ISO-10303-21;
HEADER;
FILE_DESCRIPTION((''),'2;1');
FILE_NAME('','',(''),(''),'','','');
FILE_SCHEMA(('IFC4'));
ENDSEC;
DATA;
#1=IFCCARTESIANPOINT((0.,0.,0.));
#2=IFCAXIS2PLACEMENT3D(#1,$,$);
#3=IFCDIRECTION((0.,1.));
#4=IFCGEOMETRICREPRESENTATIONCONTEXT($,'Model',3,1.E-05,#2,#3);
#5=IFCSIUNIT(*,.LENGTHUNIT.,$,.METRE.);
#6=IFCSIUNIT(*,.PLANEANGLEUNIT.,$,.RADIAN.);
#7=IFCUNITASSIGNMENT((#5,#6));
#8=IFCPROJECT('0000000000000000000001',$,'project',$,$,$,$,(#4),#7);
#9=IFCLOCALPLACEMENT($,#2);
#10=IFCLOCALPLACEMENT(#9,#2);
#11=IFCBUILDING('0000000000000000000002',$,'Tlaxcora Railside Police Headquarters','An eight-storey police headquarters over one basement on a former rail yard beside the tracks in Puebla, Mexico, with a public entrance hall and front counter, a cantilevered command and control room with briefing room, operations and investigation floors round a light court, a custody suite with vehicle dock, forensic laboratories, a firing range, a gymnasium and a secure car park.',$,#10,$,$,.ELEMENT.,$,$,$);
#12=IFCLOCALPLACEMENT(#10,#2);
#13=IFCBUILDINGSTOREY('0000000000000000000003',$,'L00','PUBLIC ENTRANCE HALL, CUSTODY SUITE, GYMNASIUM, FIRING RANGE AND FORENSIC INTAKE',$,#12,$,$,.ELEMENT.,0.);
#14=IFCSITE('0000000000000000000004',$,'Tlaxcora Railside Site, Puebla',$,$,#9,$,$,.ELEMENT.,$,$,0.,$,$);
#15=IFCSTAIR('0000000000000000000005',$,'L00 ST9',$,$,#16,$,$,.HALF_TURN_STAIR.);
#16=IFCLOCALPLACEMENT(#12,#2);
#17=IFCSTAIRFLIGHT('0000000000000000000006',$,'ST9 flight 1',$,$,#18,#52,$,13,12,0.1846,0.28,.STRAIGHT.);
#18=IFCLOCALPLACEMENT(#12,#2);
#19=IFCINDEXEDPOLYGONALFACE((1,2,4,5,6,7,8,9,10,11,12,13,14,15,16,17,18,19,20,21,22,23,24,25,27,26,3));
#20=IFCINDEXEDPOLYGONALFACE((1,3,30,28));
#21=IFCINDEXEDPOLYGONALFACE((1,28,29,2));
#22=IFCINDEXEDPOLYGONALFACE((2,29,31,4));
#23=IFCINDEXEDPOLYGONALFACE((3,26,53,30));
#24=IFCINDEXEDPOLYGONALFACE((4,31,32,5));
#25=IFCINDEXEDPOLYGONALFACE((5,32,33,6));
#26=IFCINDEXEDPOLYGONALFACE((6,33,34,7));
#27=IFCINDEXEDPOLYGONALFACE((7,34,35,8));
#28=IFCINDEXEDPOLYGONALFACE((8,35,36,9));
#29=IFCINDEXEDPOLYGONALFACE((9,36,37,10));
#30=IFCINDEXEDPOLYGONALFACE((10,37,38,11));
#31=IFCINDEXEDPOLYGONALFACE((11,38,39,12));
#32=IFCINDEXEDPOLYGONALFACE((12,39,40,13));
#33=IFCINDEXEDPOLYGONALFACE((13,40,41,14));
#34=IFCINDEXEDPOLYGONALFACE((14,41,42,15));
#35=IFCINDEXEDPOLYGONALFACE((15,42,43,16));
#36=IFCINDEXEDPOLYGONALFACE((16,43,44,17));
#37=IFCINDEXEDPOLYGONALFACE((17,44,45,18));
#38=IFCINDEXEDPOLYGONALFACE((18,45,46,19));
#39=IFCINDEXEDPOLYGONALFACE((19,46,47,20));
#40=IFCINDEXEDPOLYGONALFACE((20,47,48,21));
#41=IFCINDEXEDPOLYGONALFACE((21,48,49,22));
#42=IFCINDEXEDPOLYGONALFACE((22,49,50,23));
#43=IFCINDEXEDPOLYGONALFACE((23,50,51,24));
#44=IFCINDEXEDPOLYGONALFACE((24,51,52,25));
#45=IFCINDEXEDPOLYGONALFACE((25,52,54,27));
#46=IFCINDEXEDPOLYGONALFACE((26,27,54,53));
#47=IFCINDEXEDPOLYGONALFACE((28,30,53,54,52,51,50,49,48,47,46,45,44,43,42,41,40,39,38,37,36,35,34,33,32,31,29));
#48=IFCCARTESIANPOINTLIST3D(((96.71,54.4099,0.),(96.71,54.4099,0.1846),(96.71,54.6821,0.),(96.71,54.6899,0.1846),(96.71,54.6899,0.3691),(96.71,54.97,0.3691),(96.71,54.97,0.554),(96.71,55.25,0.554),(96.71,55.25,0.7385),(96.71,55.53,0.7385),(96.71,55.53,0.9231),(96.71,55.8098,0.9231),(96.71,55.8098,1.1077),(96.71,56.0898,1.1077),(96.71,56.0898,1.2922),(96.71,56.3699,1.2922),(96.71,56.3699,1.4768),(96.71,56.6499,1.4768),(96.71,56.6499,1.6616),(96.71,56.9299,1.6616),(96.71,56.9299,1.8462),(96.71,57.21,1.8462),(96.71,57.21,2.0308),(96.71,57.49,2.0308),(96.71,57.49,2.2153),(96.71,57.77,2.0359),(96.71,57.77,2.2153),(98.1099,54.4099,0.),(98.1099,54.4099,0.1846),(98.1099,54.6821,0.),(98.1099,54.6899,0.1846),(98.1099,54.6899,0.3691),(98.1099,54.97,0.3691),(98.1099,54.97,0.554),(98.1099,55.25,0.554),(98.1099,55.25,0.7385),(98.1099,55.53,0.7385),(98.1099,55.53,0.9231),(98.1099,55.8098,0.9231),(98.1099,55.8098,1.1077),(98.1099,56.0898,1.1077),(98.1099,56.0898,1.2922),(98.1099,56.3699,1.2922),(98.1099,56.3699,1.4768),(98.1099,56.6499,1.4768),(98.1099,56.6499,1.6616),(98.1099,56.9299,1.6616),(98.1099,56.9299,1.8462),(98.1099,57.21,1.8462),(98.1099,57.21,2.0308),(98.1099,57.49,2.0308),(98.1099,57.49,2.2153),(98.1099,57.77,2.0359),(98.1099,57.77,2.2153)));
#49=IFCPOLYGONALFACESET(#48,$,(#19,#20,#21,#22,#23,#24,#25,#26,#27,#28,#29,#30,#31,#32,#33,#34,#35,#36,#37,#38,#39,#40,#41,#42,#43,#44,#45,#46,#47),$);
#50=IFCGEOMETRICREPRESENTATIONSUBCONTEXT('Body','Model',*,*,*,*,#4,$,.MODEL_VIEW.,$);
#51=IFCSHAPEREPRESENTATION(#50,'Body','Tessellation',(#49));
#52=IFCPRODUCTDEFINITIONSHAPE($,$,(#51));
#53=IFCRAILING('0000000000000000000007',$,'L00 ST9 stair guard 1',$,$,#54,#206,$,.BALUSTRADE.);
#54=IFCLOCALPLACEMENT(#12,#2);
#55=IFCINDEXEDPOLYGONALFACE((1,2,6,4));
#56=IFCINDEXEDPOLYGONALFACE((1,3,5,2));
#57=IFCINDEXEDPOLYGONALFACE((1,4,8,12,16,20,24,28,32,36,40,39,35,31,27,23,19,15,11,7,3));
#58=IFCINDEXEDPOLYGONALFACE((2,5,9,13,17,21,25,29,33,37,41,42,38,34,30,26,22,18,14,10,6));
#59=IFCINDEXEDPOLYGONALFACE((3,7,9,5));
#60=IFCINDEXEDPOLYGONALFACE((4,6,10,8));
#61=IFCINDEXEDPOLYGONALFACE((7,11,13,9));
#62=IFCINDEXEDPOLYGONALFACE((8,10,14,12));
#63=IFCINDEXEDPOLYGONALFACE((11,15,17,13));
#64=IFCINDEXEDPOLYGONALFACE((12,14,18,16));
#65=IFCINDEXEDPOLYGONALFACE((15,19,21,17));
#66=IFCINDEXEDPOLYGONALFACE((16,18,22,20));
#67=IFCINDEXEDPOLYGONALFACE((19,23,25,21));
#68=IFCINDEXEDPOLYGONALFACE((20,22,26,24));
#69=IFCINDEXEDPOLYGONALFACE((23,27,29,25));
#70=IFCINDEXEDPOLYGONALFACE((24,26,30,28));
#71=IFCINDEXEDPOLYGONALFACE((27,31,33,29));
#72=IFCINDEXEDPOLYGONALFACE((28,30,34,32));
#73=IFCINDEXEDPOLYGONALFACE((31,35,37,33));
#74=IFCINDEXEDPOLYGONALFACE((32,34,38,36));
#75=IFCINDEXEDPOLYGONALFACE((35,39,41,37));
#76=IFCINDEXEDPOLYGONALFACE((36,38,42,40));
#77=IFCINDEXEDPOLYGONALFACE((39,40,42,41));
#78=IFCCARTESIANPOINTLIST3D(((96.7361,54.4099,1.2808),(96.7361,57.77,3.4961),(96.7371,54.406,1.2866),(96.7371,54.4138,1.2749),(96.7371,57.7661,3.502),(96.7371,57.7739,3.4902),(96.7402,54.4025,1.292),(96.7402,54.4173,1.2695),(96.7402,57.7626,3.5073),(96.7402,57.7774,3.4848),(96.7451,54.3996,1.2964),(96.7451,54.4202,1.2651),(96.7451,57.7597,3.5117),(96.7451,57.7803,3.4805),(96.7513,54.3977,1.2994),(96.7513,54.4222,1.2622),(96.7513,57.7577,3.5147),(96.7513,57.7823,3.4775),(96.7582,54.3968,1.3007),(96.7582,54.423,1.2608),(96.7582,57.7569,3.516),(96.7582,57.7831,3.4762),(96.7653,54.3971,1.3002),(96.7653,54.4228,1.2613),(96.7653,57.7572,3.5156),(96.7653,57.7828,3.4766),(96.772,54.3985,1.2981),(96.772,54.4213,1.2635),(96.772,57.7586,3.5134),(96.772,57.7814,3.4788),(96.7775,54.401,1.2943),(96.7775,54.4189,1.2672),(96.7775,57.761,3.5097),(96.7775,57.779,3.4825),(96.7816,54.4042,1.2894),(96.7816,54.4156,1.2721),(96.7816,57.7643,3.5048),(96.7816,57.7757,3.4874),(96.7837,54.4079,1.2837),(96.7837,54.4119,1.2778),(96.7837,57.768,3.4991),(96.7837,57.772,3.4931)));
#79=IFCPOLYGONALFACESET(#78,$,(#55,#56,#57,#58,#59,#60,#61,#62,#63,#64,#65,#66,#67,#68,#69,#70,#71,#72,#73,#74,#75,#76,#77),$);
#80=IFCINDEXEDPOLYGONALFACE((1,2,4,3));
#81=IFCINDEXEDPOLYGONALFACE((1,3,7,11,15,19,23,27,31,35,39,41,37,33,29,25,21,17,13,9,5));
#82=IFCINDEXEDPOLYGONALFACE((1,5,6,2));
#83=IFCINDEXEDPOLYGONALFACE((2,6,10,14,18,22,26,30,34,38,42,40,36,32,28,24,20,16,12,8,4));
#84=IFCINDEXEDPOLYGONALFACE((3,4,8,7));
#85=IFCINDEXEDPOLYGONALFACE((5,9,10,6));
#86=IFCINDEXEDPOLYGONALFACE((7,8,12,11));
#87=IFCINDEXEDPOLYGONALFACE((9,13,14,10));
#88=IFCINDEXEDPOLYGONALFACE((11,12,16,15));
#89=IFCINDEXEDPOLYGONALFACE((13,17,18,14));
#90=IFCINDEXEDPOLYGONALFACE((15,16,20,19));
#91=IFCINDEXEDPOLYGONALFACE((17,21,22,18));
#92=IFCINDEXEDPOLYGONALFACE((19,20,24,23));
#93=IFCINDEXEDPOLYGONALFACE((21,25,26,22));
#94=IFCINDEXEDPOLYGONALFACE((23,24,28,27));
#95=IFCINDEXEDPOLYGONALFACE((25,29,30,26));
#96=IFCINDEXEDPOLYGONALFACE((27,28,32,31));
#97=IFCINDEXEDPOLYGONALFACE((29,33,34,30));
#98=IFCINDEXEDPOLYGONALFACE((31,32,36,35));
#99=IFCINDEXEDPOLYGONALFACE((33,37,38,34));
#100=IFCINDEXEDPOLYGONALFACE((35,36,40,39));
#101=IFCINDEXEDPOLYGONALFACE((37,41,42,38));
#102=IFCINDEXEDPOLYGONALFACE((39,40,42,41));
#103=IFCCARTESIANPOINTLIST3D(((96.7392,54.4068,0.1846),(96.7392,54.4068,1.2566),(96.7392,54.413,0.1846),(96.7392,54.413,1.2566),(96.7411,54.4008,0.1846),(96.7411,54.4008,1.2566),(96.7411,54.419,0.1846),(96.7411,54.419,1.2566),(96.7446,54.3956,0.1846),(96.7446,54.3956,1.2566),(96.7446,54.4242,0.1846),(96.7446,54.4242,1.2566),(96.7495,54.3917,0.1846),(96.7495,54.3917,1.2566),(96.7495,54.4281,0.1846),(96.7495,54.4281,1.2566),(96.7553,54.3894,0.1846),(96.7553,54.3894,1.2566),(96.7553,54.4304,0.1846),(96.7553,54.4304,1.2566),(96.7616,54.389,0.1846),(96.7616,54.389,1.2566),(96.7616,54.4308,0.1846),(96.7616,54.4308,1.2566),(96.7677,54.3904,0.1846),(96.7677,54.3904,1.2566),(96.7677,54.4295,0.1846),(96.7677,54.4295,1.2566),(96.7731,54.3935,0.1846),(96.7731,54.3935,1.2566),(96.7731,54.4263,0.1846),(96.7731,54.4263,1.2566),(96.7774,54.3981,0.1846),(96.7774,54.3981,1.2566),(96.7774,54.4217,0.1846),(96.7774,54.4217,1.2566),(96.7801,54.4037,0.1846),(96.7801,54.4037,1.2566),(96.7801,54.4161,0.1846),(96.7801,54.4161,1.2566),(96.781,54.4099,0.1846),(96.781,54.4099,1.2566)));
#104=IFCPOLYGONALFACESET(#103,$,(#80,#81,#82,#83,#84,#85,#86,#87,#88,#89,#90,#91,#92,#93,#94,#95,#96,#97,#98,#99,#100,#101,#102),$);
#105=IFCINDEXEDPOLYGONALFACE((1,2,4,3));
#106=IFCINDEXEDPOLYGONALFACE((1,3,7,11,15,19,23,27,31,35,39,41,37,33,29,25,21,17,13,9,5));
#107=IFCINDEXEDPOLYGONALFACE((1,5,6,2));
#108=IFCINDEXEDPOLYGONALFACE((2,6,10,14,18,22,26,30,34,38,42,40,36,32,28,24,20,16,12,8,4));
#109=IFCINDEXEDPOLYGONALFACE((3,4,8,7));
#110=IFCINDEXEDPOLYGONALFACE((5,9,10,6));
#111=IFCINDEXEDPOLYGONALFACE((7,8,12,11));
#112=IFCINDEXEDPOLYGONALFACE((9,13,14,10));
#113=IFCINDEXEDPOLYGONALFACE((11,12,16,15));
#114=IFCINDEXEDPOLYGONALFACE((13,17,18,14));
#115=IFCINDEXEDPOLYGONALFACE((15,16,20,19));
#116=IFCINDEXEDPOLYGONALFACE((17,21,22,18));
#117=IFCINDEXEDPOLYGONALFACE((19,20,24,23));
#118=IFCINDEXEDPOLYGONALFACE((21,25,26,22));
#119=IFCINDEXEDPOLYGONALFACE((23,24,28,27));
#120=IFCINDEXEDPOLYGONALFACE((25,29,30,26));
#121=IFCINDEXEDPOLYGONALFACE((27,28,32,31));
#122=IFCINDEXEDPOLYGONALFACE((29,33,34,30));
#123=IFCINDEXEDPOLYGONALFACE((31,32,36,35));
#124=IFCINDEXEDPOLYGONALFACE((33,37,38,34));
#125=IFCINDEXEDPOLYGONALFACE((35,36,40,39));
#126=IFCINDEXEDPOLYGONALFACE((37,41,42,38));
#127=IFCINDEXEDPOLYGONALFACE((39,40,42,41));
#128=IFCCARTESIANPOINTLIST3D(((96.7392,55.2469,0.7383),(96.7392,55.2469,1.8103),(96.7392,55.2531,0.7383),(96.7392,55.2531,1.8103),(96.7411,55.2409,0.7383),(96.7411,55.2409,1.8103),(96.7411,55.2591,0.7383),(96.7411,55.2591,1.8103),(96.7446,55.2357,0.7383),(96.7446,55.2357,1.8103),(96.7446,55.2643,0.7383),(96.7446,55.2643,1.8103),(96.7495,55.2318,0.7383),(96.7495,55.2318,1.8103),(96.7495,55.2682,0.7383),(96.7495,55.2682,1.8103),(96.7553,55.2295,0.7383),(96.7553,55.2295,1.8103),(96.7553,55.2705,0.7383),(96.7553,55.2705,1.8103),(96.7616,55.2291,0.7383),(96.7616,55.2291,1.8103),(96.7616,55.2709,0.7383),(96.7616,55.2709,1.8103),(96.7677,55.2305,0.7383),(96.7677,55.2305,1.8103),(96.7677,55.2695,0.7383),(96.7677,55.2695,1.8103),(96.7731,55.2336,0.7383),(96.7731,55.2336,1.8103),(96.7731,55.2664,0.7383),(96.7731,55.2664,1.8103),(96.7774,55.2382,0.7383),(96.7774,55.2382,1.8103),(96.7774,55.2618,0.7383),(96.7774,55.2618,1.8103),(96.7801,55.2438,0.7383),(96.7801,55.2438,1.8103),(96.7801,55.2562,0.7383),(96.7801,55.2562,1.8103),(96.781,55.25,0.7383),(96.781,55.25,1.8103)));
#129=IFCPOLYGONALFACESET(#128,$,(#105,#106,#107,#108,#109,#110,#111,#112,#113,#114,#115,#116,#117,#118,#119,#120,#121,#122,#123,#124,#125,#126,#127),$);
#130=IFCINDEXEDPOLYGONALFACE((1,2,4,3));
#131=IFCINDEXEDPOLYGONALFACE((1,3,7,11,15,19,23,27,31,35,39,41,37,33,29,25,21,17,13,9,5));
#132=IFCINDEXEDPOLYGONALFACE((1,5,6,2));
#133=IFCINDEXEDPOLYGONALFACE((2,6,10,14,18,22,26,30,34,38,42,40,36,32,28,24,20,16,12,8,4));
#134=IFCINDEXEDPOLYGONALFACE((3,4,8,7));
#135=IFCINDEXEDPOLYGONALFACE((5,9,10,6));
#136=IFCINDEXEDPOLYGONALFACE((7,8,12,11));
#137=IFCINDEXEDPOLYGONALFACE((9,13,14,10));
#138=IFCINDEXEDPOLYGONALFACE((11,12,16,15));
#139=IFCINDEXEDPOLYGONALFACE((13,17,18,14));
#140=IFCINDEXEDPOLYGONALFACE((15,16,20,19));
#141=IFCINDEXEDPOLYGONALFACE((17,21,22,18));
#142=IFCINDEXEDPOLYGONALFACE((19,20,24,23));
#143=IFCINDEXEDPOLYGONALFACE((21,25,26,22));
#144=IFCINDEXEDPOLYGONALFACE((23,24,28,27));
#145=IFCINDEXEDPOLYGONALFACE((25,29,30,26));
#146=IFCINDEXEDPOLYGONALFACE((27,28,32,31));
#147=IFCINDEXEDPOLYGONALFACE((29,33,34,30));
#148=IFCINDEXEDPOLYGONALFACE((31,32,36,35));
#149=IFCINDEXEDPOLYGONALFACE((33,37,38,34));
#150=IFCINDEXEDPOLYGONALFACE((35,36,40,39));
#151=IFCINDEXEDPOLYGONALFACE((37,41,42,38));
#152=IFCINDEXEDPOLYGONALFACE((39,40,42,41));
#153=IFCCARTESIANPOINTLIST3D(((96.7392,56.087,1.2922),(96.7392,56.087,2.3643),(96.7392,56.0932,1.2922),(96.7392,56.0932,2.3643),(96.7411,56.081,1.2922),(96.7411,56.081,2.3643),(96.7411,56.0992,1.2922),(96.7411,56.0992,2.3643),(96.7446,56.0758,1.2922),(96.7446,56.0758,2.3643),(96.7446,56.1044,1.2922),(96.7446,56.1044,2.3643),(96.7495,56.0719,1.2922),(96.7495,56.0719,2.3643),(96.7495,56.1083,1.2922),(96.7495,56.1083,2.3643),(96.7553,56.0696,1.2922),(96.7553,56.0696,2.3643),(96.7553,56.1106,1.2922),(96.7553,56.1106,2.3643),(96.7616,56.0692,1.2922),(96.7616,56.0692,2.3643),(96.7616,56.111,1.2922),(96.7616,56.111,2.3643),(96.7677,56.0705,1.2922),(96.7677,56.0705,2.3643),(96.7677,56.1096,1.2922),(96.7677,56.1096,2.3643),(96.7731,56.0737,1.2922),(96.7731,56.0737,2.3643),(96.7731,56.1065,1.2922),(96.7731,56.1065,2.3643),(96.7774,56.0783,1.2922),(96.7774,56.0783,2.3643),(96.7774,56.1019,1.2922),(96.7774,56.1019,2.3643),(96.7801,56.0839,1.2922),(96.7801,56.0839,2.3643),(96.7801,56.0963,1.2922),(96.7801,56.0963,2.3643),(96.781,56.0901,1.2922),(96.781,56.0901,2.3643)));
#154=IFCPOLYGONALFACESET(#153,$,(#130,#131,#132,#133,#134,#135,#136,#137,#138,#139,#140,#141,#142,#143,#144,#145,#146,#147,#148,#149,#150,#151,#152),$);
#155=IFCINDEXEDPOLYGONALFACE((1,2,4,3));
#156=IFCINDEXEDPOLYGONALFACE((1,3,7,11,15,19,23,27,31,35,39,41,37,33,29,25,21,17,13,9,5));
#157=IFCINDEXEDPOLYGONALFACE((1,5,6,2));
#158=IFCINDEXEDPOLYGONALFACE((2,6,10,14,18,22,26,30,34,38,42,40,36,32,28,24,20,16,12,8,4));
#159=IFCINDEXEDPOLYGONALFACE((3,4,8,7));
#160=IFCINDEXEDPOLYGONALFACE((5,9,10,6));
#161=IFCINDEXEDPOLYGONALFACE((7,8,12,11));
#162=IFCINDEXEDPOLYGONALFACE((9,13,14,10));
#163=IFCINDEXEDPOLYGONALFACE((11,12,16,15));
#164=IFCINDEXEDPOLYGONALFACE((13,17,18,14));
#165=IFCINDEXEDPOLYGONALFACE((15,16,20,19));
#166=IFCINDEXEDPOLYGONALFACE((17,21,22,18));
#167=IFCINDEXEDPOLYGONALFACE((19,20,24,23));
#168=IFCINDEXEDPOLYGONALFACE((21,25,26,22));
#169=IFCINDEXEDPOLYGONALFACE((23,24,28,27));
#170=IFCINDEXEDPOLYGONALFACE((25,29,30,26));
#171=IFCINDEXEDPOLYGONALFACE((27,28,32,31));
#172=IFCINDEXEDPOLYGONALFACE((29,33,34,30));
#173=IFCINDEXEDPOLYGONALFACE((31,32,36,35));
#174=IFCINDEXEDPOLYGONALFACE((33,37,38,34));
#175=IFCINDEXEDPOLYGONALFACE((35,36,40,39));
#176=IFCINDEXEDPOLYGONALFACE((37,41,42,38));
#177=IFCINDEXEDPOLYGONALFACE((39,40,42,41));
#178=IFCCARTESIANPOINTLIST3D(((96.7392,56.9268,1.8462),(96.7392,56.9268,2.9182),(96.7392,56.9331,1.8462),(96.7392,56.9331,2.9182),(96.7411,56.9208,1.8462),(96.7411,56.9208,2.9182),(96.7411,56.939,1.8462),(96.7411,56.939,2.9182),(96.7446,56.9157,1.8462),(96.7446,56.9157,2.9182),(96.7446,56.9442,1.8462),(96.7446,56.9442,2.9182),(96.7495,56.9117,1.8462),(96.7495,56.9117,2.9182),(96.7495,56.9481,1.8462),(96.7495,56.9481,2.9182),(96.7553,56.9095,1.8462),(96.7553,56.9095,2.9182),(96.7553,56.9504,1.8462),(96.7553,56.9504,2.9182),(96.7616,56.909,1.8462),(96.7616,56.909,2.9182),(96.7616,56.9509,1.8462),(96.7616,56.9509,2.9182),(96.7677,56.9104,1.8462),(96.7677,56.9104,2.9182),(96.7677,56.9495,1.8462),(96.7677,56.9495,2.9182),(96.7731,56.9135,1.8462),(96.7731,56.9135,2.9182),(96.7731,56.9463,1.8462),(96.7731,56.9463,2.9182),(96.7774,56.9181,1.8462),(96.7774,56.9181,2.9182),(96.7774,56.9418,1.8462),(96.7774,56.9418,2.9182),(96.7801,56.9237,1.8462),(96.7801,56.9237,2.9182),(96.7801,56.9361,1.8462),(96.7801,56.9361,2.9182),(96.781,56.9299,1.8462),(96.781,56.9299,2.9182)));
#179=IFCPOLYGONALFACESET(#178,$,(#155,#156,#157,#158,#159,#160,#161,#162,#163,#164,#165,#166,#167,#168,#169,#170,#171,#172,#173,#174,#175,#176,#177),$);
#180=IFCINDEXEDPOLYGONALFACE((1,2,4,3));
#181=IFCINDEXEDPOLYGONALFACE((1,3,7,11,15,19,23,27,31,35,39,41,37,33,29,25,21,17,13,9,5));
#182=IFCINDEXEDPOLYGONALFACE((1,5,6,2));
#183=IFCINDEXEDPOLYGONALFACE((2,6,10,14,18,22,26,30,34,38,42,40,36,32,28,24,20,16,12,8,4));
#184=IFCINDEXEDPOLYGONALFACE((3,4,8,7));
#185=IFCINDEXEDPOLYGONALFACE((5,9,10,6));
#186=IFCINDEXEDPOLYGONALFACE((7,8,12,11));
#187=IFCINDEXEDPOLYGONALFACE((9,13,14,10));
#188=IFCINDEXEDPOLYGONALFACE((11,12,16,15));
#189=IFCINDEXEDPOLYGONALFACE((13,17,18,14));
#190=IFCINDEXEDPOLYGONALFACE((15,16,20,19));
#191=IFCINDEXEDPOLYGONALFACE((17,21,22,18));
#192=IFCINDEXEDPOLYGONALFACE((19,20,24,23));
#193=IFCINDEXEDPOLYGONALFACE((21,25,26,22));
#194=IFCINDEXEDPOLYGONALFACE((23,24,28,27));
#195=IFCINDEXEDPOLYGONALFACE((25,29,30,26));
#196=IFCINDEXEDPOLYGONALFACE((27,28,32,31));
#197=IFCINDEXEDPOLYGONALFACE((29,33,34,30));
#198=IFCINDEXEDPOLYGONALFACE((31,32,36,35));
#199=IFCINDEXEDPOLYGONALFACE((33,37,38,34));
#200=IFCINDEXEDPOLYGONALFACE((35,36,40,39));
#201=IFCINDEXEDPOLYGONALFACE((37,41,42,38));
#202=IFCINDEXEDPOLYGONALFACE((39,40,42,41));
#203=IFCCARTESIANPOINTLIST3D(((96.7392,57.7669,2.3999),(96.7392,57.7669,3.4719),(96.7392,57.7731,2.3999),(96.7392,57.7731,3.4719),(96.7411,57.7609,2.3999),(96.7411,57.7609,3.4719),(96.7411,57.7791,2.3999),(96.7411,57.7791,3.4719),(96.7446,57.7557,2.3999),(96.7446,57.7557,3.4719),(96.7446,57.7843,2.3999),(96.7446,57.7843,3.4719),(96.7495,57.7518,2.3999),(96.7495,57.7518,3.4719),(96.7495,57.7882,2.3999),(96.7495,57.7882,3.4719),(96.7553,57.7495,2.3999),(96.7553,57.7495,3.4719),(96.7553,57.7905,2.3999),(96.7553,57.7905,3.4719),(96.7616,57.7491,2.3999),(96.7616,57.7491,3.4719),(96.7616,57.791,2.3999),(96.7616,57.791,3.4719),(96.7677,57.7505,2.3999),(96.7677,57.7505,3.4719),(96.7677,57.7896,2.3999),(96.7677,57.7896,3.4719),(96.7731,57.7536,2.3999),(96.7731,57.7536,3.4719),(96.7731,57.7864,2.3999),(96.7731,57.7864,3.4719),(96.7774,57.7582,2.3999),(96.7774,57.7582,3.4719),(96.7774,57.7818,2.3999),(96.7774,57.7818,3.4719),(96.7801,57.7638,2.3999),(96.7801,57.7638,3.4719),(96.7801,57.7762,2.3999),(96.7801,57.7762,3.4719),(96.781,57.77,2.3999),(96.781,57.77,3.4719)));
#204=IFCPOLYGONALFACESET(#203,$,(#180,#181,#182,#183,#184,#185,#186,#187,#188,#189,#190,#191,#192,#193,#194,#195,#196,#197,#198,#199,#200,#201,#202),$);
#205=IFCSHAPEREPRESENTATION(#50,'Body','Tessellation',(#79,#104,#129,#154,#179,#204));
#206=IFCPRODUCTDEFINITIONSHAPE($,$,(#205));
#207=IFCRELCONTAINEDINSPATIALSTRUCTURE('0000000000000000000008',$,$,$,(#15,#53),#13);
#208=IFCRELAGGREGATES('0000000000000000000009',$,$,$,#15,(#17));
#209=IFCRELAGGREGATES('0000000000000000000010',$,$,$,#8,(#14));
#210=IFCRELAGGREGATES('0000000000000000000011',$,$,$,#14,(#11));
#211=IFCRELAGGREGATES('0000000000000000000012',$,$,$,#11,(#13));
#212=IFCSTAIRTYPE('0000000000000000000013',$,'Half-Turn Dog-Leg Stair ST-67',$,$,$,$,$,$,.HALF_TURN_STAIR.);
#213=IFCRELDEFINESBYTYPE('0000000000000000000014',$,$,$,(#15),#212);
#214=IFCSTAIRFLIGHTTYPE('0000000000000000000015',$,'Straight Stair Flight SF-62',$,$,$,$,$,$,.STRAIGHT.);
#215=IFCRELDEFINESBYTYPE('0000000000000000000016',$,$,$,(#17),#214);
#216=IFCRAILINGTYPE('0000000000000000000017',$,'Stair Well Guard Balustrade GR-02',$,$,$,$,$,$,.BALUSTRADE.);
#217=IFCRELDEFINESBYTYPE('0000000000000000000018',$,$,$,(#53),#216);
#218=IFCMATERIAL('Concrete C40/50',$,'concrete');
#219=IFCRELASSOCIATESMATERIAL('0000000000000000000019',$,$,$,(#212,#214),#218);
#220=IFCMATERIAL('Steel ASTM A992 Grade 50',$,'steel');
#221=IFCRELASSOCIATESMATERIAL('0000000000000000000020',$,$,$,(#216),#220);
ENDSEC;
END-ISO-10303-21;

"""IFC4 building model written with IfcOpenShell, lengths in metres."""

from ifc_helpers import new_model, si_unit, direction, frame, origin, origin_2d, place, context, subcontext, project, spatial, polyline, circle, outline, extrude, material, type_object, element, aggregate, save


model = new_model("IFC4")

# Units and contexts
model_context = context("Model", 3, precision=1e-05, world=origin(), true_north=direction((0.0, 1.0)))
body_context = subcontext(model_context, "Body", "Model", "MODEL_VIEW")
ifc_project = project(units=[si_unit("LENGTHUNIT", "METRE"), si_unit("PLANEANGLEUNIT", "RADIAN")], contexts=[model_context])

# Site, building, storey
site_placement = place(None, origin())
site = spatial("IfcSite", under=ifc_project, at=site_placement, Name="Tlaxcora Railside Site, Puebla", CompositionType="ELEMENT", RefElevation=0.0)
building_placement = place(site_placement, origin())
building = spatial("IfcBuilding", under=site, at=building_placement, Name="Tlaxcora Railside Police Headquarters", Description="An eight-storey police headquarters over one basement on a former rail yard beside the tracks in Puebla, Mexico, with a public entrance hall and front counter, a cantilevered command and control room with briefing room, operations and investigation floors round a light court, a custody suite with vehicle dock, forensic laboratories, a firing range, a gymnasium and a secure car park.", CompositionType="ELEMENT")
storey_placement = place(building_placement, origin())
storey = spatial("IfcBuildingStorey", under=building, at=storey_placement, Name="L00", Description="PUBLIC ENTRANCE HALL, CUSTODY SUITE, GYMNASIUM, FIRING RANGE AND FORENSIC INTAKE", CompositionType="ELEMENT", Elevation=0.0)

# Shared definitions
ifc_material_1 = material(Name="Concrete C40/50", Category="concrete")

# Shared definitions
ifc_material_2 = material(Name="Steel ASTM A992 Grade 50", Category="steel")

# Stair, stair flight
stair_type = type_object("IfcStairType", Name="Half-Turn Dog-Leg Stair ST-67", PredefinedType="HALF_TURN_STAIR", material=ifc_material_1)
stair_placement = place(storey_placement, origin())
stair = element("IfcStair", 1, at=stair_placement, inside=storey, type_object=stair_type, Name="L00 ST9", PredefinedType="HALF_TURN_STAIR")
stair_flight_type = type_object("IfcStairFlightType", Name="Straight Stair Flight SF-62", PredefinedType="STRAIGHT", material=ifc_material_1)
stair_flight_placement = place(storey_placement, frame((97.4099, 54.4099, 0.0), z_axis=(0.0, 0.0, 1.0), x_axis=(0.0, 1.0, 0.0)))
stair_flight = element("IfcStairFlight", 2, at=stair_flight_placement, type_object=stair_flight_type, Name="ST9 flight 1", NumberOfRisers=13, NumberOfTreads=12, PredefinedType="STRAIGHT", RiserHeight=0.1846, TreadLength=0.28, context=body_context, shape_type="SweptSolid", body=[
    extrude(outline(polyline([(0.0, 0.0), (0.0, 0.1846), (0.28, 0.1846), (0.28, 0.3691), (0.5601, 0.3691), (0.5601, 0.554), (0.8401, 0.554), (0.8401, 0.7385), (1.1201, 0.7385), (1.1201, 0.9231), (1.3999, 0.9231), (1.3999, 1.1077), (1.6799, 1.1077), (1.6799, 1.2922), (1.96, 1.2922), (1.96, 1.4768), (2.24, 1.4768), (2.24, 1.6616), (2.52, 1.6616), (2.52, 1.8462), (2.8, 1.8462), (2.8, 2.0308), (3.0801, 2.0308), (3.0801, 2.2153), (3.3601, 2.2153), (3.3601, 2.3999), (3.3601, 2.0359), (0.2722, 0.0), (0.0, 0.0)])), frame((0.0, 0.7, 0.0), z_axis=(0.0, -1.0, 0.0), x_axis=(1.0, 0.0, 0.0)), (0.0, 0.0, 1.0), 1.3999),
])
aggregate(stair, [stair_flight])

# Railing
railing_type_1 = type_object("IfcRailingType", Name="Stair Well Guard Balustrade GR-02", PredefinedType="BALUSTRADE", material=ifc_material_2)
railing_1_placement = place(storey_placement, frame((96.76, 54.4099, 0.1846)))
element("IfcRailing", 3, at=railing_1_placement, inside=storey, type_object=railing_type_1, Name="L00 ST9 stair guard 1", PredefinedType="BALUSTRADE", context=body_context, shape_type="SweptSolid", body=[
    extrude(circle(Radius=0.0239, at=origin_2d()), frame((0.0, 0.0, 1.0962), z_axis=(0.0, 0.834876, 0.550437), x_axis=(-1.0, 0.0, 0.0)), (0.0, 0.0, 1.0), 4.0247),
    extrude(circle(Radius=0.021, at=origin_2d()), origin(), (0.0, 0.0, 1.0), 1.072),
    extrude(circle(Radius=0.021, at=origin_2d()), frame((0.0, 0.8401, 0.5537)), (0.0, 0.0, 1.0), 1.072),
    extrude(circle(Radius=0.021, at=origin_2d()), frame((0.0, 1.6802, 1.1077)), (0.0, 0.0, 1.0), 1.072),
    extrude(circle(Radius=0.021, at=origin_2d()), frame((0.0, 2.52, 1.6616)), (0.0, 0.0, 1.0), 1.072),
    extrude(circle(Radius=0.021, at=origin_2d()), frame((0.0, 3.3601, 2.2153)), (0.0, 0.0, 1.0), 1.072),
])

save(model, "model.ifc")
